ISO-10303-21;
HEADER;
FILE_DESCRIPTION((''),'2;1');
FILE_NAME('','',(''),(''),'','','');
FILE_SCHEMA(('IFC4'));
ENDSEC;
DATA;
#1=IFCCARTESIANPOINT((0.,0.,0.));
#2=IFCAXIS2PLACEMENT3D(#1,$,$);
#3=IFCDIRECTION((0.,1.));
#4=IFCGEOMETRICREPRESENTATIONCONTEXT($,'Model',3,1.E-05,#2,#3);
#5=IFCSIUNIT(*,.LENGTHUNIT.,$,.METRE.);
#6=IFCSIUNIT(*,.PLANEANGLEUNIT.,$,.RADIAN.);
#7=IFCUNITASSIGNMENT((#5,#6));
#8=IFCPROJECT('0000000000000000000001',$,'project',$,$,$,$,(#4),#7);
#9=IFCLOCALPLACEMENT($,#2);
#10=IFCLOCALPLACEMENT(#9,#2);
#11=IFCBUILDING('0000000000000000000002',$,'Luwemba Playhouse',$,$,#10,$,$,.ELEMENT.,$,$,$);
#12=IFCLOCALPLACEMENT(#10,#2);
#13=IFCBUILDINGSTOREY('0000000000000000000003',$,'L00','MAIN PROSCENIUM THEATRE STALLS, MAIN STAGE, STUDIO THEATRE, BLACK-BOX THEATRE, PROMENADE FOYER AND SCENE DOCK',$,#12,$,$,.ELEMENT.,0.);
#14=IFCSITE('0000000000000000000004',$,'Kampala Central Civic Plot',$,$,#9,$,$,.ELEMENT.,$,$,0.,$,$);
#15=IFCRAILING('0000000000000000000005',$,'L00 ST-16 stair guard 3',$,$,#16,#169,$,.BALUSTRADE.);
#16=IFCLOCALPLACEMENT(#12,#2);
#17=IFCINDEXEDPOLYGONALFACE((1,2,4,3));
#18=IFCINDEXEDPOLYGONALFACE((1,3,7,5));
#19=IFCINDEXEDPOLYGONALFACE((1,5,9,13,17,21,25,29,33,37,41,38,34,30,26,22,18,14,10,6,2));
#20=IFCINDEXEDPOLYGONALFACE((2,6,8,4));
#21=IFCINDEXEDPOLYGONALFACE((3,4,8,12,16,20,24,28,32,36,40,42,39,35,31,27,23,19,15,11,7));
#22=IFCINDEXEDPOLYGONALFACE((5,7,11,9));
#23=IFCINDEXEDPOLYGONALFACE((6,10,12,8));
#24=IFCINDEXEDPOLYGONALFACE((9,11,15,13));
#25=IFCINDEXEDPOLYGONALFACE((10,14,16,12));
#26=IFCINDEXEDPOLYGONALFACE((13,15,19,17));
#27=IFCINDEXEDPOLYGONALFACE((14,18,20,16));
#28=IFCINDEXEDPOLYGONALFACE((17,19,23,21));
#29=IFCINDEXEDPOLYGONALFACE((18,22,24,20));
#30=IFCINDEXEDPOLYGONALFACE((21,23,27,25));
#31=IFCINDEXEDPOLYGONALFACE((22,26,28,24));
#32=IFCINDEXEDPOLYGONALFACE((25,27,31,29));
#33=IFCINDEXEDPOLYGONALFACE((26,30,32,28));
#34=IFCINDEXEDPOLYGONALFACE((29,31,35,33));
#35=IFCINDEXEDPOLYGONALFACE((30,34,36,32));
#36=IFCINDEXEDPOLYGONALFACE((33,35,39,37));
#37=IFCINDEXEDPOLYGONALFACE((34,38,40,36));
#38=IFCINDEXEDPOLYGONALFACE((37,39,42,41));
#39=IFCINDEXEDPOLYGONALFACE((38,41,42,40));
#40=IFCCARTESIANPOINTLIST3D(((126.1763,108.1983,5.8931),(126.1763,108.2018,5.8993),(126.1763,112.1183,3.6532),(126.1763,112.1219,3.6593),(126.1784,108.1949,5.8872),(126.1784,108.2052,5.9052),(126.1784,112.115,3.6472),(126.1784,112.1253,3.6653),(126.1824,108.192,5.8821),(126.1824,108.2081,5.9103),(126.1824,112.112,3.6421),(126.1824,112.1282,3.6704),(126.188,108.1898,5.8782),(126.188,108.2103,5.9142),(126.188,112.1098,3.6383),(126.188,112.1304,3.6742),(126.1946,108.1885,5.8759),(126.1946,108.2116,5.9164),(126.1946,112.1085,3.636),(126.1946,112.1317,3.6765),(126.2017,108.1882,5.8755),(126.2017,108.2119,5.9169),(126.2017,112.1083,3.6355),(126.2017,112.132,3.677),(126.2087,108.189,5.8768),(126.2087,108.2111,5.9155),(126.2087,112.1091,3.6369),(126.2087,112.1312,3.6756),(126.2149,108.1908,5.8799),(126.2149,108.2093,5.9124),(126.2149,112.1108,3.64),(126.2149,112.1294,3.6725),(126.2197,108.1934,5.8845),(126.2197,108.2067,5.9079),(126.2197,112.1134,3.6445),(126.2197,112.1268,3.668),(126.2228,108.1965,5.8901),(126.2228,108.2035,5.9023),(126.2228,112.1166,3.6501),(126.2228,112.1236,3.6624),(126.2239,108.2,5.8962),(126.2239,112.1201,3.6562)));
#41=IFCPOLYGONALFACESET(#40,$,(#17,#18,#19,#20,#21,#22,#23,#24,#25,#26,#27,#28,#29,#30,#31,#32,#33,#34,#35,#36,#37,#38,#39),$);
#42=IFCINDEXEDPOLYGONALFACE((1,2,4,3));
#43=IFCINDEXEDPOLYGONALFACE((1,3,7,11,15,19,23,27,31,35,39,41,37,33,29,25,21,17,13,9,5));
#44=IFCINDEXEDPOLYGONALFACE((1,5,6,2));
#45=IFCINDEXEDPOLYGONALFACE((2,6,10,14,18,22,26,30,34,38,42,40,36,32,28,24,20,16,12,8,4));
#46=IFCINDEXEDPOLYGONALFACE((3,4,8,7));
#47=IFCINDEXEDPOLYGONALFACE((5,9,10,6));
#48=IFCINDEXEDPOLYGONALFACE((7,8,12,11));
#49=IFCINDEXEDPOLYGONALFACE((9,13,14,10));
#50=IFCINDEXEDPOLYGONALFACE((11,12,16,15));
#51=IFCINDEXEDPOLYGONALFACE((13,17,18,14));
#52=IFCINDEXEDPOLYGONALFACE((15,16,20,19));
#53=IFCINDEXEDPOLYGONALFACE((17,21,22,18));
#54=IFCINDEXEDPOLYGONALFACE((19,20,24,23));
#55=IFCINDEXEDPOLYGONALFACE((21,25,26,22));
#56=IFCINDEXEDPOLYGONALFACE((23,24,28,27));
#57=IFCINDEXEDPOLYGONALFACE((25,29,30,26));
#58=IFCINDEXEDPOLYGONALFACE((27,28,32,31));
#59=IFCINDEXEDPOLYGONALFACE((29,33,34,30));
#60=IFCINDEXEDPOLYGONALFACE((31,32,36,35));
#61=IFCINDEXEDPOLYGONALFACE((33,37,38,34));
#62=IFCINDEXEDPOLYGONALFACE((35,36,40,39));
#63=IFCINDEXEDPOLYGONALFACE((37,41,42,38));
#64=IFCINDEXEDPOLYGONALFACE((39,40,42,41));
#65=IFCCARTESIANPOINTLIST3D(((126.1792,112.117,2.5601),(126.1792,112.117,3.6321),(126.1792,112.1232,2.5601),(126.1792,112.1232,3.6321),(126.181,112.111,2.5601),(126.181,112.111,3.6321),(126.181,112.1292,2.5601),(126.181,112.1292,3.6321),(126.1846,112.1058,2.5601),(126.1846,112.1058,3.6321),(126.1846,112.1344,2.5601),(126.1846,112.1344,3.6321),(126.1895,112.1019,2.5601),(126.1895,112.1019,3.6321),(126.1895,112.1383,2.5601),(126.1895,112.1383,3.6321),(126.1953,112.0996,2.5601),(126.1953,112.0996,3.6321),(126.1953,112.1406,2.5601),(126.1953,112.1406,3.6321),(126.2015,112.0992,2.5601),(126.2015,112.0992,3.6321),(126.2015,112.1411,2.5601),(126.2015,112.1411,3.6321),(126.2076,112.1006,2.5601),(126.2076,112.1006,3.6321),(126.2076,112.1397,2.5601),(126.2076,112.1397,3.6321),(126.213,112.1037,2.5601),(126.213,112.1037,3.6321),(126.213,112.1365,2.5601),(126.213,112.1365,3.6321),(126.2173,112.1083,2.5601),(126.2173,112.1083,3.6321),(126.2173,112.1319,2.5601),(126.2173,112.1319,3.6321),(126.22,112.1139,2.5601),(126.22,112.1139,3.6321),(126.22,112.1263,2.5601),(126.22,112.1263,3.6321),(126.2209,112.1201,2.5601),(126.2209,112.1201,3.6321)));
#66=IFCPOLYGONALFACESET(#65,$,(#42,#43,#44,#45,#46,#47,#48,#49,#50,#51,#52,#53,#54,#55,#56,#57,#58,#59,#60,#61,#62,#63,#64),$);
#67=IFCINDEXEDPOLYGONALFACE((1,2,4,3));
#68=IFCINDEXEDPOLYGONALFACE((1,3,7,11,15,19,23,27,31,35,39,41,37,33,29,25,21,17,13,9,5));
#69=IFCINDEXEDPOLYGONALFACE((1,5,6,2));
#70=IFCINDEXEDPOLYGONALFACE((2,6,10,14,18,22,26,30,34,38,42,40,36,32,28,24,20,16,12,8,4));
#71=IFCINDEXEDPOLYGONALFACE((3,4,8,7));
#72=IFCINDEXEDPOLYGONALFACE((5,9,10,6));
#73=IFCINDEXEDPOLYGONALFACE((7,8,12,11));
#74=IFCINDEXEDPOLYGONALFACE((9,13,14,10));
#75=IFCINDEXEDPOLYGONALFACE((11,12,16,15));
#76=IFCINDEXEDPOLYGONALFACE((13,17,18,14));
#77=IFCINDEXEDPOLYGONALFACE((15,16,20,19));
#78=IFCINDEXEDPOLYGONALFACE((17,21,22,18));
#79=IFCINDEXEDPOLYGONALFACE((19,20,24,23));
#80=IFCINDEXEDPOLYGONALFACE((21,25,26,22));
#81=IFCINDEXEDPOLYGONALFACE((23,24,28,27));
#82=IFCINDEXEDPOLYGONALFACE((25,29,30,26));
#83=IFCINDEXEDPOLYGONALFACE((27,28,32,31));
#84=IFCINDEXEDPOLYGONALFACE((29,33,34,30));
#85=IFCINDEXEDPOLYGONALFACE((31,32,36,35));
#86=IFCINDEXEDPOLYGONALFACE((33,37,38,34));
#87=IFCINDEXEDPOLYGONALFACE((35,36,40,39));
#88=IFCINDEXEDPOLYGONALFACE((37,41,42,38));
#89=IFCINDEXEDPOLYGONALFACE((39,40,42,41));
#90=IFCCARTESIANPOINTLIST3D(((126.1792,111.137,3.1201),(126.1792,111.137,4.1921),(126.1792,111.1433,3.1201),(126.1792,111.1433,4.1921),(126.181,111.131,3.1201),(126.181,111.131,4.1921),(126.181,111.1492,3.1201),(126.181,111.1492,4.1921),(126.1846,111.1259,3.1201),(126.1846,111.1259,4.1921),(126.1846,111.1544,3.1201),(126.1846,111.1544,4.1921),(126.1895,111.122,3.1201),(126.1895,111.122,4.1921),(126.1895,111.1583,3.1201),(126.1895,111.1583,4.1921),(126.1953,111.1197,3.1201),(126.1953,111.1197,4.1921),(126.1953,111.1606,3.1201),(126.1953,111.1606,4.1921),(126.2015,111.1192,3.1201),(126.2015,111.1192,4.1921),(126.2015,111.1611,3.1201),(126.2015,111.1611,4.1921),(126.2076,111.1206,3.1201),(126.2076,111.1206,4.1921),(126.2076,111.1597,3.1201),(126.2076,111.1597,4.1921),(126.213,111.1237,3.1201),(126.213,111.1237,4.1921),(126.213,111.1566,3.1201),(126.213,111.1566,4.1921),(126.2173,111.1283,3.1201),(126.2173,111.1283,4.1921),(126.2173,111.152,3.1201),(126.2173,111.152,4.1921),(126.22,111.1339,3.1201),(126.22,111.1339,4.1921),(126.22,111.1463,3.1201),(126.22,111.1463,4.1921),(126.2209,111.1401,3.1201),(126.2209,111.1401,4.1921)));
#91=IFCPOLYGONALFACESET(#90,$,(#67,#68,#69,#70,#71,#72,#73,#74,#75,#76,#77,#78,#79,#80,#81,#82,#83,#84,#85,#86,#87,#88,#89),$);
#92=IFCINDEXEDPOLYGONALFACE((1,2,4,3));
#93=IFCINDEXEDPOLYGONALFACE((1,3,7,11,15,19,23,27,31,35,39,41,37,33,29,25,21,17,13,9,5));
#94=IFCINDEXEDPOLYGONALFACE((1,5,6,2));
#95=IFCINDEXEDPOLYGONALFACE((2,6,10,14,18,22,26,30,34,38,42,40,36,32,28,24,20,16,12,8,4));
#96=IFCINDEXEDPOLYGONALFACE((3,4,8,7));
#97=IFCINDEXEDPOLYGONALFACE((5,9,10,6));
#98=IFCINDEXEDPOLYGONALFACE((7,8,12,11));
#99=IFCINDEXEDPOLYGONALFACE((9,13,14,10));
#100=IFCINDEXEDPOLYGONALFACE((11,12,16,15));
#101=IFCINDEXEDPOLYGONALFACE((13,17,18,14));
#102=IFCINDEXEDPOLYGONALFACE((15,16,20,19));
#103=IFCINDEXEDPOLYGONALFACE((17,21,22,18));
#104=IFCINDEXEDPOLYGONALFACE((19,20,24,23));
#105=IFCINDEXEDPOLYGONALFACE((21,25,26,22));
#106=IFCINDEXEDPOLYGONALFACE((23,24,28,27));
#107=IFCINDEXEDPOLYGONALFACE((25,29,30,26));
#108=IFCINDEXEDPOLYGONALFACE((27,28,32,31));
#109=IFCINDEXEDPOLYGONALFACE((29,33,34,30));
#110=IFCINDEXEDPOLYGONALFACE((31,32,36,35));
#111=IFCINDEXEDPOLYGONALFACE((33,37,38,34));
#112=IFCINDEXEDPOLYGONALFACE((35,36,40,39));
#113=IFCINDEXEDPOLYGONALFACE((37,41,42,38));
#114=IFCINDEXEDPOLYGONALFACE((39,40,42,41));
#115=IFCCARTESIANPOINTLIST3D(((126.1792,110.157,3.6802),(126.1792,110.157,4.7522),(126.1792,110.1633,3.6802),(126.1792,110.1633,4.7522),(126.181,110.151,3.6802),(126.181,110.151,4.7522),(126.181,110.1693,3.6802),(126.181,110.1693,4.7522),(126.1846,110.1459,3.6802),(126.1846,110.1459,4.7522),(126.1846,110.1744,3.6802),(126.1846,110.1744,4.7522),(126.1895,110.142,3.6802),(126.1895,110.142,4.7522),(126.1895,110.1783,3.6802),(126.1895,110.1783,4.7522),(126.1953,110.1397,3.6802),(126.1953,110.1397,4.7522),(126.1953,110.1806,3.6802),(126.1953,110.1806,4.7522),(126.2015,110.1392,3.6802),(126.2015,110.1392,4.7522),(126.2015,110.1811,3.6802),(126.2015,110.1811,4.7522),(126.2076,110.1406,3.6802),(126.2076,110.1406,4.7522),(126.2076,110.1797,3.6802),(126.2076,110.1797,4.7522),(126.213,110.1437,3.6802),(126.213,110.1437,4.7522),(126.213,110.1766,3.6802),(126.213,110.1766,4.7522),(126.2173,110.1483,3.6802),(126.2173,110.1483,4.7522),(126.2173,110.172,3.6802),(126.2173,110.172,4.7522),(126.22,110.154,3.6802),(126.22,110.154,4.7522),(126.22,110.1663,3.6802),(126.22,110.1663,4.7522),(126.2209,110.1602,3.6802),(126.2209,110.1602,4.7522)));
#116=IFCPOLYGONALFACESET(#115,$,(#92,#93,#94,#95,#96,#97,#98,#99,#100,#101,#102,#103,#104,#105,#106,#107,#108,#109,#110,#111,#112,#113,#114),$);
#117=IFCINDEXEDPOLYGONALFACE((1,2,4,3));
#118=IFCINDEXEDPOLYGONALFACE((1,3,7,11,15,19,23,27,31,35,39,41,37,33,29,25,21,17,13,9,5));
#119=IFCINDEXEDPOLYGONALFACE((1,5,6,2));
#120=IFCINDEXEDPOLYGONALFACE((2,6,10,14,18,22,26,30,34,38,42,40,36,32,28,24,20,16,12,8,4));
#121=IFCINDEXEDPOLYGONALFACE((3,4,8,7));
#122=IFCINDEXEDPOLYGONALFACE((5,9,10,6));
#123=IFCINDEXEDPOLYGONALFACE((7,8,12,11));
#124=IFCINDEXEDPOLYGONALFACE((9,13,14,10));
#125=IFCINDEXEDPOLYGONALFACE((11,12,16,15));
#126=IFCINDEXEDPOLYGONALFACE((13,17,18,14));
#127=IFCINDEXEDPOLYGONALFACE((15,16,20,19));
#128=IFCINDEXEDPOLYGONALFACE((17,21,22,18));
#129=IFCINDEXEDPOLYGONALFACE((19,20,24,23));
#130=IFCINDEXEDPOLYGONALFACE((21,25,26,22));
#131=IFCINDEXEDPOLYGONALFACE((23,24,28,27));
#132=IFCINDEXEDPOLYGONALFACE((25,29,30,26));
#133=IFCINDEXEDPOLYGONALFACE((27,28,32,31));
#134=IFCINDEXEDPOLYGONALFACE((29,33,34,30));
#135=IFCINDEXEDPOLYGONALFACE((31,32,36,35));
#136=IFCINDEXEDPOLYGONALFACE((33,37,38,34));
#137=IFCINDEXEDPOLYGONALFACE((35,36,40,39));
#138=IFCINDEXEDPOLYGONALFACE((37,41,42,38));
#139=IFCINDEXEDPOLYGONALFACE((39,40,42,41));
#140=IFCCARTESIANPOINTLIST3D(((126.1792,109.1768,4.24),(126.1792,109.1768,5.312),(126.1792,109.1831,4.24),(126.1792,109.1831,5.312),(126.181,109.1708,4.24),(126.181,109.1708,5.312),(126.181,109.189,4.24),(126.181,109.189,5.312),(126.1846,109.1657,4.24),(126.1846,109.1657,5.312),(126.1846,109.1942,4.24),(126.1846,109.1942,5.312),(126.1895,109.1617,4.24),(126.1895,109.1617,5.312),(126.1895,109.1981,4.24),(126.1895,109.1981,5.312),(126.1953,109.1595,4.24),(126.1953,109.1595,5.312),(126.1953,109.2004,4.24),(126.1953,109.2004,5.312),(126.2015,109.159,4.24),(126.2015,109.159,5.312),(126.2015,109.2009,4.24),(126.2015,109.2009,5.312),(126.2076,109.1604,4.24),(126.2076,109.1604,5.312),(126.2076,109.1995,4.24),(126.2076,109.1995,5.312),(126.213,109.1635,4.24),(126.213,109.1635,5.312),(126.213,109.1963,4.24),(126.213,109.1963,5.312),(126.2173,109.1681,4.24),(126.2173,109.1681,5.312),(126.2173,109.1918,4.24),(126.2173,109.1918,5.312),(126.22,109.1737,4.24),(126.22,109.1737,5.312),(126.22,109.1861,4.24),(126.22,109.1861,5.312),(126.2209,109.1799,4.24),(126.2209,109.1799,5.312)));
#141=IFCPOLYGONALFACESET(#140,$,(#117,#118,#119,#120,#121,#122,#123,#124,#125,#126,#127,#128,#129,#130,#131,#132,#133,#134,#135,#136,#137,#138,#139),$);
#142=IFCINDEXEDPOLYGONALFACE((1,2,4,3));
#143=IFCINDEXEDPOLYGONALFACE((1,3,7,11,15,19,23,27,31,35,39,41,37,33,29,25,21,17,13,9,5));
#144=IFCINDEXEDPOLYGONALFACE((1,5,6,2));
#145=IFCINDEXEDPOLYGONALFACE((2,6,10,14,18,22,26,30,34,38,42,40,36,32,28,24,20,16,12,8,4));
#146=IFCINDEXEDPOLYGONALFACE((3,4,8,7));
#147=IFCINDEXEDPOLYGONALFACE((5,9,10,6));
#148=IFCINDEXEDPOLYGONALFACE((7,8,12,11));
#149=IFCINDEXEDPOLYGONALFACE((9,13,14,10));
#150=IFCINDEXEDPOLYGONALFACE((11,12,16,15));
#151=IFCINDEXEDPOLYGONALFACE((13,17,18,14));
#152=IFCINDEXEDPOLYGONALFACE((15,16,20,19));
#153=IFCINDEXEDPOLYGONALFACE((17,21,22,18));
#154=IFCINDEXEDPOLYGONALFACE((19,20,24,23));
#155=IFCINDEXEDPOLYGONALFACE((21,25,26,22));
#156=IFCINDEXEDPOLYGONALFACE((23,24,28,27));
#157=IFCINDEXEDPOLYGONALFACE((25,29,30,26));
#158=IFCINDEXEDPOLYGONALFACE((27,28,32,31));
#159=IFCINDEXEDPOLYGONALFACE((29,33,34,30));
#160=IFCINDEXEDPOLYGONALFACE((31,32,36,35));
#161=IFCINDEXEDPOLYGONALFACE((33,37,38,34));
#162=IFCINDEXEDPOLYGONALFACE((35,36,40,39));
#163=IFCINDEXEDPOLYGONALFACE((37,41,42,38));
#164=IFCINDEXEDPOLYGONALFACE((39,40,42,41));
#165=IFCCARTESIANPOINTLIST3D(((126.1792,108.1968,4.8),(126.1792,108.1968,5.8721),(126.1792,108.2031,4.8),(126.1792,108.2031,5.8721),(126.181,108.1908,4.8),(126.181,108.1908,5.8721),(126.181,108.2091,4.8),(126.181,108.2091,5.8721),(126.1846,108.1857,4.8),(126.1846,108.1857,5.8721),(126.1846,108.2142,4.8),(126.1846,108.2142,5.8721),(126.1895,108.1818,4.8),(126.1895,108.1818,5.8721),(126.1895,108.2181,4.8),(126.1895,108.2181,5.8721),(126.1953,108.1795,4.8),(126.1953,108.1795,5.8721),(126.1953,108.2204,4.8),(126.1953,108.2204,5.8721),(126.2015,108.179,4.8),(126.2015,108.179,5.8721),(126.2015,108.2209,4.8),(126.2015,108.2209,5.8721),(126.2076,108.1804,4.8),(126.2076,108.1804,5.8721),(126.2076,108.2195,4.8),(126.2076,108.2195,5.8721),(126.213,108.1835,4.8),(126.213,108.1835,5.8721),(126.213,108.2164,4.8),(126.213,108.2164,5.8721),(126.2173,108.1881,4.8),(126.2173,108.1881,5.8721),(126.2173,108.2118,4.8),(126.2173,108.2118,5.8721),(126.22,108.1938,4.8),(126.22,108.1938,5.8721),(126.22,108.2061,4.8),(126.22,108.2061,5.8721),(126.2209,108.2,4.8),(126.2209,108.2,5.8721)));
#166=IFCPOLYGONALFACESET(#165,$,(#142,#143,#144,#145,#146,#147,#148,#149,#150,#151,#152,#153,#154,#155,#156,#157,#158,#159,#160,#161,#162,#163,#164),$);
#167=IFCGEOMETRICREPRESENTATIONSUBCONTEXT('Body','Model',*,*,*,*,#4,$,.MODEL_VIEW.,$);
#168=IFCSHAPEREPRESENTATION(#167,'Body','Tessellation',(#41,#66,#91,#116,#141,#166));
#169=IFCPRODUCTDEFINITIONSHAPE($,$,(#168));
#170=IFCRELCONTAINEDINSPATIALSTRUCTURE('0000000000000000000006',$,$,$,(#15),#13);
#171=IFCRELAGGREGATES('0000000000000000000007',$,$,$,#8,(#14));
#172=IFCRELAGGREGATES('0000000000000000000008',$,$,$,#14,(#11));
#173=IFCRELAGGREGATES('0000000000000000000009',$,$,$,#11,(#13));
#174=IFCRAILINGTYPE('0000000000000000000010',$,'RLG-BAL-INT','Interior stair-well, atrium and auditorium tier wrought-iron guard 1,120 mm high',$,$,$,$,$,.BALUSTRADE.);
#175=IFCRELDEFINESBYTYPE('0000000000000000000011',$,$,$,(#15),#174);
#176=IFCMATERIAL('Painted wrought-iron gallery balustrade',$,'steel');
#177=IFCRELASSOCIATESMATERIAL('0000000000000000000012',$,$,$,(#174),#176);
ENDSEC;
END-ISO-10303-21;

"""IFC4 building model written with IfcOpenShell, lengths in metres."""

from ifc_helpers import new_model, si_unit, direction, frame, origin, origin_2d, place, context, subcontext, project, spatial, circle, extrude, material, type_object, element, save


model = new_model("IFC4")

# Units and contexts
model_context = context("Model", 3, precision=1e-05, world=origin(), true_north=direction((0.0, 1.0)))
body_context = subcontext(model_context, "Body", "Model", "MODEL_VIEW")
ifc_project = project(units=[si_unit("LENGTHUNIT", "METRE"), si_unit("PLANEANGLEUNIT", "RADIAN")], contexts=[model_context])

# Site, building, storey
site_placement = place(None, origin())
site = spatial("IfcSite", under=ifc_project, at=site_placement, Name="Kampala Central Civic Plot", CompositionType="ELEMENT", RefElevation=0.0)
building_placement = place(site_placement, origin())
building = spatial("IfcBuilding", under=site, at=building_placement, Name="Luwemba Playhouse", CompositionType="ELEMENT")
storey_placement = place(building_placement, origin())
storey = spatial("IfcBuildingStorey", under=building, at=storey_placement, Name="L00", Description="MAIN PROSCENIUM THEATRE STALLS, MAIN STAGE, STUDIO THEATRE, BLACK-BOX THEATRE, PROMENADE FOYER AND SCENE DOCK", CompositionType="ELEMENT", Elevation=0.0)

# Railing
ifc_material_1 = material(Name="Painted wrought-iron gallery balustrade", Category="steel")
railing_type_1 = type_object("IfcRailingType", Name="RLG-BAL-INT", Description="Interior stair-well, atrium and auditorium tier wrought-iron guard 1,120 mm high", PredefinedType="BALUSTRADE", material=ifc_material_1)
railing_1_placement = place(storey_placement, frame((126.2, 112.1201, 2.5601)))
element("IfcRailing", 1, at=railing_1_placement, inside=storey, type_object=railing_type_1, Name="L00 ST-16 stair guard 3", PredefinedType="BALUSTRADE", context=body_context, shape_type="SweptSolid", body=[
    extrude(circle(Radius=0.0239, at=origin_2d()), frame((0.0, 0.0, 1.0962), z_axis=(0.0, -0.868253, 0.496121), x_axis=(1.0, 0.0, 0.0)), (0.0, 0.0, 1.0), 4.5149),
    extrude(circle(Radius=0.021, at=origin_2d()), origin(), (0.0, 0.0, 1.0), 1.072),
    extrude(circle(Radius=0.021, at=origin_2d()), frame((0.0, -0.98, 0.5601)), (0.0, 0.0, 1.0), 1.072),
    extrude(circle(Radius=0.021, at=origin_2d()), frame((0.0, -1.96, 1.1201)), (0.0, 0.0, 1.0), 1.072),
    extrude(circle(Radius=0.021, at=origin_2d()), frame((0.0, -2.9402, 1.6799)), (0.0, 0.0, 1.0), 1.072),
    extrude(circle(Radius=0.021, at=origin_2d()), frame((0.0, -3.9202, 2.24)), (0.0, 0.0, 1.0), 1.072),
])

save(model, "model.ifc")
